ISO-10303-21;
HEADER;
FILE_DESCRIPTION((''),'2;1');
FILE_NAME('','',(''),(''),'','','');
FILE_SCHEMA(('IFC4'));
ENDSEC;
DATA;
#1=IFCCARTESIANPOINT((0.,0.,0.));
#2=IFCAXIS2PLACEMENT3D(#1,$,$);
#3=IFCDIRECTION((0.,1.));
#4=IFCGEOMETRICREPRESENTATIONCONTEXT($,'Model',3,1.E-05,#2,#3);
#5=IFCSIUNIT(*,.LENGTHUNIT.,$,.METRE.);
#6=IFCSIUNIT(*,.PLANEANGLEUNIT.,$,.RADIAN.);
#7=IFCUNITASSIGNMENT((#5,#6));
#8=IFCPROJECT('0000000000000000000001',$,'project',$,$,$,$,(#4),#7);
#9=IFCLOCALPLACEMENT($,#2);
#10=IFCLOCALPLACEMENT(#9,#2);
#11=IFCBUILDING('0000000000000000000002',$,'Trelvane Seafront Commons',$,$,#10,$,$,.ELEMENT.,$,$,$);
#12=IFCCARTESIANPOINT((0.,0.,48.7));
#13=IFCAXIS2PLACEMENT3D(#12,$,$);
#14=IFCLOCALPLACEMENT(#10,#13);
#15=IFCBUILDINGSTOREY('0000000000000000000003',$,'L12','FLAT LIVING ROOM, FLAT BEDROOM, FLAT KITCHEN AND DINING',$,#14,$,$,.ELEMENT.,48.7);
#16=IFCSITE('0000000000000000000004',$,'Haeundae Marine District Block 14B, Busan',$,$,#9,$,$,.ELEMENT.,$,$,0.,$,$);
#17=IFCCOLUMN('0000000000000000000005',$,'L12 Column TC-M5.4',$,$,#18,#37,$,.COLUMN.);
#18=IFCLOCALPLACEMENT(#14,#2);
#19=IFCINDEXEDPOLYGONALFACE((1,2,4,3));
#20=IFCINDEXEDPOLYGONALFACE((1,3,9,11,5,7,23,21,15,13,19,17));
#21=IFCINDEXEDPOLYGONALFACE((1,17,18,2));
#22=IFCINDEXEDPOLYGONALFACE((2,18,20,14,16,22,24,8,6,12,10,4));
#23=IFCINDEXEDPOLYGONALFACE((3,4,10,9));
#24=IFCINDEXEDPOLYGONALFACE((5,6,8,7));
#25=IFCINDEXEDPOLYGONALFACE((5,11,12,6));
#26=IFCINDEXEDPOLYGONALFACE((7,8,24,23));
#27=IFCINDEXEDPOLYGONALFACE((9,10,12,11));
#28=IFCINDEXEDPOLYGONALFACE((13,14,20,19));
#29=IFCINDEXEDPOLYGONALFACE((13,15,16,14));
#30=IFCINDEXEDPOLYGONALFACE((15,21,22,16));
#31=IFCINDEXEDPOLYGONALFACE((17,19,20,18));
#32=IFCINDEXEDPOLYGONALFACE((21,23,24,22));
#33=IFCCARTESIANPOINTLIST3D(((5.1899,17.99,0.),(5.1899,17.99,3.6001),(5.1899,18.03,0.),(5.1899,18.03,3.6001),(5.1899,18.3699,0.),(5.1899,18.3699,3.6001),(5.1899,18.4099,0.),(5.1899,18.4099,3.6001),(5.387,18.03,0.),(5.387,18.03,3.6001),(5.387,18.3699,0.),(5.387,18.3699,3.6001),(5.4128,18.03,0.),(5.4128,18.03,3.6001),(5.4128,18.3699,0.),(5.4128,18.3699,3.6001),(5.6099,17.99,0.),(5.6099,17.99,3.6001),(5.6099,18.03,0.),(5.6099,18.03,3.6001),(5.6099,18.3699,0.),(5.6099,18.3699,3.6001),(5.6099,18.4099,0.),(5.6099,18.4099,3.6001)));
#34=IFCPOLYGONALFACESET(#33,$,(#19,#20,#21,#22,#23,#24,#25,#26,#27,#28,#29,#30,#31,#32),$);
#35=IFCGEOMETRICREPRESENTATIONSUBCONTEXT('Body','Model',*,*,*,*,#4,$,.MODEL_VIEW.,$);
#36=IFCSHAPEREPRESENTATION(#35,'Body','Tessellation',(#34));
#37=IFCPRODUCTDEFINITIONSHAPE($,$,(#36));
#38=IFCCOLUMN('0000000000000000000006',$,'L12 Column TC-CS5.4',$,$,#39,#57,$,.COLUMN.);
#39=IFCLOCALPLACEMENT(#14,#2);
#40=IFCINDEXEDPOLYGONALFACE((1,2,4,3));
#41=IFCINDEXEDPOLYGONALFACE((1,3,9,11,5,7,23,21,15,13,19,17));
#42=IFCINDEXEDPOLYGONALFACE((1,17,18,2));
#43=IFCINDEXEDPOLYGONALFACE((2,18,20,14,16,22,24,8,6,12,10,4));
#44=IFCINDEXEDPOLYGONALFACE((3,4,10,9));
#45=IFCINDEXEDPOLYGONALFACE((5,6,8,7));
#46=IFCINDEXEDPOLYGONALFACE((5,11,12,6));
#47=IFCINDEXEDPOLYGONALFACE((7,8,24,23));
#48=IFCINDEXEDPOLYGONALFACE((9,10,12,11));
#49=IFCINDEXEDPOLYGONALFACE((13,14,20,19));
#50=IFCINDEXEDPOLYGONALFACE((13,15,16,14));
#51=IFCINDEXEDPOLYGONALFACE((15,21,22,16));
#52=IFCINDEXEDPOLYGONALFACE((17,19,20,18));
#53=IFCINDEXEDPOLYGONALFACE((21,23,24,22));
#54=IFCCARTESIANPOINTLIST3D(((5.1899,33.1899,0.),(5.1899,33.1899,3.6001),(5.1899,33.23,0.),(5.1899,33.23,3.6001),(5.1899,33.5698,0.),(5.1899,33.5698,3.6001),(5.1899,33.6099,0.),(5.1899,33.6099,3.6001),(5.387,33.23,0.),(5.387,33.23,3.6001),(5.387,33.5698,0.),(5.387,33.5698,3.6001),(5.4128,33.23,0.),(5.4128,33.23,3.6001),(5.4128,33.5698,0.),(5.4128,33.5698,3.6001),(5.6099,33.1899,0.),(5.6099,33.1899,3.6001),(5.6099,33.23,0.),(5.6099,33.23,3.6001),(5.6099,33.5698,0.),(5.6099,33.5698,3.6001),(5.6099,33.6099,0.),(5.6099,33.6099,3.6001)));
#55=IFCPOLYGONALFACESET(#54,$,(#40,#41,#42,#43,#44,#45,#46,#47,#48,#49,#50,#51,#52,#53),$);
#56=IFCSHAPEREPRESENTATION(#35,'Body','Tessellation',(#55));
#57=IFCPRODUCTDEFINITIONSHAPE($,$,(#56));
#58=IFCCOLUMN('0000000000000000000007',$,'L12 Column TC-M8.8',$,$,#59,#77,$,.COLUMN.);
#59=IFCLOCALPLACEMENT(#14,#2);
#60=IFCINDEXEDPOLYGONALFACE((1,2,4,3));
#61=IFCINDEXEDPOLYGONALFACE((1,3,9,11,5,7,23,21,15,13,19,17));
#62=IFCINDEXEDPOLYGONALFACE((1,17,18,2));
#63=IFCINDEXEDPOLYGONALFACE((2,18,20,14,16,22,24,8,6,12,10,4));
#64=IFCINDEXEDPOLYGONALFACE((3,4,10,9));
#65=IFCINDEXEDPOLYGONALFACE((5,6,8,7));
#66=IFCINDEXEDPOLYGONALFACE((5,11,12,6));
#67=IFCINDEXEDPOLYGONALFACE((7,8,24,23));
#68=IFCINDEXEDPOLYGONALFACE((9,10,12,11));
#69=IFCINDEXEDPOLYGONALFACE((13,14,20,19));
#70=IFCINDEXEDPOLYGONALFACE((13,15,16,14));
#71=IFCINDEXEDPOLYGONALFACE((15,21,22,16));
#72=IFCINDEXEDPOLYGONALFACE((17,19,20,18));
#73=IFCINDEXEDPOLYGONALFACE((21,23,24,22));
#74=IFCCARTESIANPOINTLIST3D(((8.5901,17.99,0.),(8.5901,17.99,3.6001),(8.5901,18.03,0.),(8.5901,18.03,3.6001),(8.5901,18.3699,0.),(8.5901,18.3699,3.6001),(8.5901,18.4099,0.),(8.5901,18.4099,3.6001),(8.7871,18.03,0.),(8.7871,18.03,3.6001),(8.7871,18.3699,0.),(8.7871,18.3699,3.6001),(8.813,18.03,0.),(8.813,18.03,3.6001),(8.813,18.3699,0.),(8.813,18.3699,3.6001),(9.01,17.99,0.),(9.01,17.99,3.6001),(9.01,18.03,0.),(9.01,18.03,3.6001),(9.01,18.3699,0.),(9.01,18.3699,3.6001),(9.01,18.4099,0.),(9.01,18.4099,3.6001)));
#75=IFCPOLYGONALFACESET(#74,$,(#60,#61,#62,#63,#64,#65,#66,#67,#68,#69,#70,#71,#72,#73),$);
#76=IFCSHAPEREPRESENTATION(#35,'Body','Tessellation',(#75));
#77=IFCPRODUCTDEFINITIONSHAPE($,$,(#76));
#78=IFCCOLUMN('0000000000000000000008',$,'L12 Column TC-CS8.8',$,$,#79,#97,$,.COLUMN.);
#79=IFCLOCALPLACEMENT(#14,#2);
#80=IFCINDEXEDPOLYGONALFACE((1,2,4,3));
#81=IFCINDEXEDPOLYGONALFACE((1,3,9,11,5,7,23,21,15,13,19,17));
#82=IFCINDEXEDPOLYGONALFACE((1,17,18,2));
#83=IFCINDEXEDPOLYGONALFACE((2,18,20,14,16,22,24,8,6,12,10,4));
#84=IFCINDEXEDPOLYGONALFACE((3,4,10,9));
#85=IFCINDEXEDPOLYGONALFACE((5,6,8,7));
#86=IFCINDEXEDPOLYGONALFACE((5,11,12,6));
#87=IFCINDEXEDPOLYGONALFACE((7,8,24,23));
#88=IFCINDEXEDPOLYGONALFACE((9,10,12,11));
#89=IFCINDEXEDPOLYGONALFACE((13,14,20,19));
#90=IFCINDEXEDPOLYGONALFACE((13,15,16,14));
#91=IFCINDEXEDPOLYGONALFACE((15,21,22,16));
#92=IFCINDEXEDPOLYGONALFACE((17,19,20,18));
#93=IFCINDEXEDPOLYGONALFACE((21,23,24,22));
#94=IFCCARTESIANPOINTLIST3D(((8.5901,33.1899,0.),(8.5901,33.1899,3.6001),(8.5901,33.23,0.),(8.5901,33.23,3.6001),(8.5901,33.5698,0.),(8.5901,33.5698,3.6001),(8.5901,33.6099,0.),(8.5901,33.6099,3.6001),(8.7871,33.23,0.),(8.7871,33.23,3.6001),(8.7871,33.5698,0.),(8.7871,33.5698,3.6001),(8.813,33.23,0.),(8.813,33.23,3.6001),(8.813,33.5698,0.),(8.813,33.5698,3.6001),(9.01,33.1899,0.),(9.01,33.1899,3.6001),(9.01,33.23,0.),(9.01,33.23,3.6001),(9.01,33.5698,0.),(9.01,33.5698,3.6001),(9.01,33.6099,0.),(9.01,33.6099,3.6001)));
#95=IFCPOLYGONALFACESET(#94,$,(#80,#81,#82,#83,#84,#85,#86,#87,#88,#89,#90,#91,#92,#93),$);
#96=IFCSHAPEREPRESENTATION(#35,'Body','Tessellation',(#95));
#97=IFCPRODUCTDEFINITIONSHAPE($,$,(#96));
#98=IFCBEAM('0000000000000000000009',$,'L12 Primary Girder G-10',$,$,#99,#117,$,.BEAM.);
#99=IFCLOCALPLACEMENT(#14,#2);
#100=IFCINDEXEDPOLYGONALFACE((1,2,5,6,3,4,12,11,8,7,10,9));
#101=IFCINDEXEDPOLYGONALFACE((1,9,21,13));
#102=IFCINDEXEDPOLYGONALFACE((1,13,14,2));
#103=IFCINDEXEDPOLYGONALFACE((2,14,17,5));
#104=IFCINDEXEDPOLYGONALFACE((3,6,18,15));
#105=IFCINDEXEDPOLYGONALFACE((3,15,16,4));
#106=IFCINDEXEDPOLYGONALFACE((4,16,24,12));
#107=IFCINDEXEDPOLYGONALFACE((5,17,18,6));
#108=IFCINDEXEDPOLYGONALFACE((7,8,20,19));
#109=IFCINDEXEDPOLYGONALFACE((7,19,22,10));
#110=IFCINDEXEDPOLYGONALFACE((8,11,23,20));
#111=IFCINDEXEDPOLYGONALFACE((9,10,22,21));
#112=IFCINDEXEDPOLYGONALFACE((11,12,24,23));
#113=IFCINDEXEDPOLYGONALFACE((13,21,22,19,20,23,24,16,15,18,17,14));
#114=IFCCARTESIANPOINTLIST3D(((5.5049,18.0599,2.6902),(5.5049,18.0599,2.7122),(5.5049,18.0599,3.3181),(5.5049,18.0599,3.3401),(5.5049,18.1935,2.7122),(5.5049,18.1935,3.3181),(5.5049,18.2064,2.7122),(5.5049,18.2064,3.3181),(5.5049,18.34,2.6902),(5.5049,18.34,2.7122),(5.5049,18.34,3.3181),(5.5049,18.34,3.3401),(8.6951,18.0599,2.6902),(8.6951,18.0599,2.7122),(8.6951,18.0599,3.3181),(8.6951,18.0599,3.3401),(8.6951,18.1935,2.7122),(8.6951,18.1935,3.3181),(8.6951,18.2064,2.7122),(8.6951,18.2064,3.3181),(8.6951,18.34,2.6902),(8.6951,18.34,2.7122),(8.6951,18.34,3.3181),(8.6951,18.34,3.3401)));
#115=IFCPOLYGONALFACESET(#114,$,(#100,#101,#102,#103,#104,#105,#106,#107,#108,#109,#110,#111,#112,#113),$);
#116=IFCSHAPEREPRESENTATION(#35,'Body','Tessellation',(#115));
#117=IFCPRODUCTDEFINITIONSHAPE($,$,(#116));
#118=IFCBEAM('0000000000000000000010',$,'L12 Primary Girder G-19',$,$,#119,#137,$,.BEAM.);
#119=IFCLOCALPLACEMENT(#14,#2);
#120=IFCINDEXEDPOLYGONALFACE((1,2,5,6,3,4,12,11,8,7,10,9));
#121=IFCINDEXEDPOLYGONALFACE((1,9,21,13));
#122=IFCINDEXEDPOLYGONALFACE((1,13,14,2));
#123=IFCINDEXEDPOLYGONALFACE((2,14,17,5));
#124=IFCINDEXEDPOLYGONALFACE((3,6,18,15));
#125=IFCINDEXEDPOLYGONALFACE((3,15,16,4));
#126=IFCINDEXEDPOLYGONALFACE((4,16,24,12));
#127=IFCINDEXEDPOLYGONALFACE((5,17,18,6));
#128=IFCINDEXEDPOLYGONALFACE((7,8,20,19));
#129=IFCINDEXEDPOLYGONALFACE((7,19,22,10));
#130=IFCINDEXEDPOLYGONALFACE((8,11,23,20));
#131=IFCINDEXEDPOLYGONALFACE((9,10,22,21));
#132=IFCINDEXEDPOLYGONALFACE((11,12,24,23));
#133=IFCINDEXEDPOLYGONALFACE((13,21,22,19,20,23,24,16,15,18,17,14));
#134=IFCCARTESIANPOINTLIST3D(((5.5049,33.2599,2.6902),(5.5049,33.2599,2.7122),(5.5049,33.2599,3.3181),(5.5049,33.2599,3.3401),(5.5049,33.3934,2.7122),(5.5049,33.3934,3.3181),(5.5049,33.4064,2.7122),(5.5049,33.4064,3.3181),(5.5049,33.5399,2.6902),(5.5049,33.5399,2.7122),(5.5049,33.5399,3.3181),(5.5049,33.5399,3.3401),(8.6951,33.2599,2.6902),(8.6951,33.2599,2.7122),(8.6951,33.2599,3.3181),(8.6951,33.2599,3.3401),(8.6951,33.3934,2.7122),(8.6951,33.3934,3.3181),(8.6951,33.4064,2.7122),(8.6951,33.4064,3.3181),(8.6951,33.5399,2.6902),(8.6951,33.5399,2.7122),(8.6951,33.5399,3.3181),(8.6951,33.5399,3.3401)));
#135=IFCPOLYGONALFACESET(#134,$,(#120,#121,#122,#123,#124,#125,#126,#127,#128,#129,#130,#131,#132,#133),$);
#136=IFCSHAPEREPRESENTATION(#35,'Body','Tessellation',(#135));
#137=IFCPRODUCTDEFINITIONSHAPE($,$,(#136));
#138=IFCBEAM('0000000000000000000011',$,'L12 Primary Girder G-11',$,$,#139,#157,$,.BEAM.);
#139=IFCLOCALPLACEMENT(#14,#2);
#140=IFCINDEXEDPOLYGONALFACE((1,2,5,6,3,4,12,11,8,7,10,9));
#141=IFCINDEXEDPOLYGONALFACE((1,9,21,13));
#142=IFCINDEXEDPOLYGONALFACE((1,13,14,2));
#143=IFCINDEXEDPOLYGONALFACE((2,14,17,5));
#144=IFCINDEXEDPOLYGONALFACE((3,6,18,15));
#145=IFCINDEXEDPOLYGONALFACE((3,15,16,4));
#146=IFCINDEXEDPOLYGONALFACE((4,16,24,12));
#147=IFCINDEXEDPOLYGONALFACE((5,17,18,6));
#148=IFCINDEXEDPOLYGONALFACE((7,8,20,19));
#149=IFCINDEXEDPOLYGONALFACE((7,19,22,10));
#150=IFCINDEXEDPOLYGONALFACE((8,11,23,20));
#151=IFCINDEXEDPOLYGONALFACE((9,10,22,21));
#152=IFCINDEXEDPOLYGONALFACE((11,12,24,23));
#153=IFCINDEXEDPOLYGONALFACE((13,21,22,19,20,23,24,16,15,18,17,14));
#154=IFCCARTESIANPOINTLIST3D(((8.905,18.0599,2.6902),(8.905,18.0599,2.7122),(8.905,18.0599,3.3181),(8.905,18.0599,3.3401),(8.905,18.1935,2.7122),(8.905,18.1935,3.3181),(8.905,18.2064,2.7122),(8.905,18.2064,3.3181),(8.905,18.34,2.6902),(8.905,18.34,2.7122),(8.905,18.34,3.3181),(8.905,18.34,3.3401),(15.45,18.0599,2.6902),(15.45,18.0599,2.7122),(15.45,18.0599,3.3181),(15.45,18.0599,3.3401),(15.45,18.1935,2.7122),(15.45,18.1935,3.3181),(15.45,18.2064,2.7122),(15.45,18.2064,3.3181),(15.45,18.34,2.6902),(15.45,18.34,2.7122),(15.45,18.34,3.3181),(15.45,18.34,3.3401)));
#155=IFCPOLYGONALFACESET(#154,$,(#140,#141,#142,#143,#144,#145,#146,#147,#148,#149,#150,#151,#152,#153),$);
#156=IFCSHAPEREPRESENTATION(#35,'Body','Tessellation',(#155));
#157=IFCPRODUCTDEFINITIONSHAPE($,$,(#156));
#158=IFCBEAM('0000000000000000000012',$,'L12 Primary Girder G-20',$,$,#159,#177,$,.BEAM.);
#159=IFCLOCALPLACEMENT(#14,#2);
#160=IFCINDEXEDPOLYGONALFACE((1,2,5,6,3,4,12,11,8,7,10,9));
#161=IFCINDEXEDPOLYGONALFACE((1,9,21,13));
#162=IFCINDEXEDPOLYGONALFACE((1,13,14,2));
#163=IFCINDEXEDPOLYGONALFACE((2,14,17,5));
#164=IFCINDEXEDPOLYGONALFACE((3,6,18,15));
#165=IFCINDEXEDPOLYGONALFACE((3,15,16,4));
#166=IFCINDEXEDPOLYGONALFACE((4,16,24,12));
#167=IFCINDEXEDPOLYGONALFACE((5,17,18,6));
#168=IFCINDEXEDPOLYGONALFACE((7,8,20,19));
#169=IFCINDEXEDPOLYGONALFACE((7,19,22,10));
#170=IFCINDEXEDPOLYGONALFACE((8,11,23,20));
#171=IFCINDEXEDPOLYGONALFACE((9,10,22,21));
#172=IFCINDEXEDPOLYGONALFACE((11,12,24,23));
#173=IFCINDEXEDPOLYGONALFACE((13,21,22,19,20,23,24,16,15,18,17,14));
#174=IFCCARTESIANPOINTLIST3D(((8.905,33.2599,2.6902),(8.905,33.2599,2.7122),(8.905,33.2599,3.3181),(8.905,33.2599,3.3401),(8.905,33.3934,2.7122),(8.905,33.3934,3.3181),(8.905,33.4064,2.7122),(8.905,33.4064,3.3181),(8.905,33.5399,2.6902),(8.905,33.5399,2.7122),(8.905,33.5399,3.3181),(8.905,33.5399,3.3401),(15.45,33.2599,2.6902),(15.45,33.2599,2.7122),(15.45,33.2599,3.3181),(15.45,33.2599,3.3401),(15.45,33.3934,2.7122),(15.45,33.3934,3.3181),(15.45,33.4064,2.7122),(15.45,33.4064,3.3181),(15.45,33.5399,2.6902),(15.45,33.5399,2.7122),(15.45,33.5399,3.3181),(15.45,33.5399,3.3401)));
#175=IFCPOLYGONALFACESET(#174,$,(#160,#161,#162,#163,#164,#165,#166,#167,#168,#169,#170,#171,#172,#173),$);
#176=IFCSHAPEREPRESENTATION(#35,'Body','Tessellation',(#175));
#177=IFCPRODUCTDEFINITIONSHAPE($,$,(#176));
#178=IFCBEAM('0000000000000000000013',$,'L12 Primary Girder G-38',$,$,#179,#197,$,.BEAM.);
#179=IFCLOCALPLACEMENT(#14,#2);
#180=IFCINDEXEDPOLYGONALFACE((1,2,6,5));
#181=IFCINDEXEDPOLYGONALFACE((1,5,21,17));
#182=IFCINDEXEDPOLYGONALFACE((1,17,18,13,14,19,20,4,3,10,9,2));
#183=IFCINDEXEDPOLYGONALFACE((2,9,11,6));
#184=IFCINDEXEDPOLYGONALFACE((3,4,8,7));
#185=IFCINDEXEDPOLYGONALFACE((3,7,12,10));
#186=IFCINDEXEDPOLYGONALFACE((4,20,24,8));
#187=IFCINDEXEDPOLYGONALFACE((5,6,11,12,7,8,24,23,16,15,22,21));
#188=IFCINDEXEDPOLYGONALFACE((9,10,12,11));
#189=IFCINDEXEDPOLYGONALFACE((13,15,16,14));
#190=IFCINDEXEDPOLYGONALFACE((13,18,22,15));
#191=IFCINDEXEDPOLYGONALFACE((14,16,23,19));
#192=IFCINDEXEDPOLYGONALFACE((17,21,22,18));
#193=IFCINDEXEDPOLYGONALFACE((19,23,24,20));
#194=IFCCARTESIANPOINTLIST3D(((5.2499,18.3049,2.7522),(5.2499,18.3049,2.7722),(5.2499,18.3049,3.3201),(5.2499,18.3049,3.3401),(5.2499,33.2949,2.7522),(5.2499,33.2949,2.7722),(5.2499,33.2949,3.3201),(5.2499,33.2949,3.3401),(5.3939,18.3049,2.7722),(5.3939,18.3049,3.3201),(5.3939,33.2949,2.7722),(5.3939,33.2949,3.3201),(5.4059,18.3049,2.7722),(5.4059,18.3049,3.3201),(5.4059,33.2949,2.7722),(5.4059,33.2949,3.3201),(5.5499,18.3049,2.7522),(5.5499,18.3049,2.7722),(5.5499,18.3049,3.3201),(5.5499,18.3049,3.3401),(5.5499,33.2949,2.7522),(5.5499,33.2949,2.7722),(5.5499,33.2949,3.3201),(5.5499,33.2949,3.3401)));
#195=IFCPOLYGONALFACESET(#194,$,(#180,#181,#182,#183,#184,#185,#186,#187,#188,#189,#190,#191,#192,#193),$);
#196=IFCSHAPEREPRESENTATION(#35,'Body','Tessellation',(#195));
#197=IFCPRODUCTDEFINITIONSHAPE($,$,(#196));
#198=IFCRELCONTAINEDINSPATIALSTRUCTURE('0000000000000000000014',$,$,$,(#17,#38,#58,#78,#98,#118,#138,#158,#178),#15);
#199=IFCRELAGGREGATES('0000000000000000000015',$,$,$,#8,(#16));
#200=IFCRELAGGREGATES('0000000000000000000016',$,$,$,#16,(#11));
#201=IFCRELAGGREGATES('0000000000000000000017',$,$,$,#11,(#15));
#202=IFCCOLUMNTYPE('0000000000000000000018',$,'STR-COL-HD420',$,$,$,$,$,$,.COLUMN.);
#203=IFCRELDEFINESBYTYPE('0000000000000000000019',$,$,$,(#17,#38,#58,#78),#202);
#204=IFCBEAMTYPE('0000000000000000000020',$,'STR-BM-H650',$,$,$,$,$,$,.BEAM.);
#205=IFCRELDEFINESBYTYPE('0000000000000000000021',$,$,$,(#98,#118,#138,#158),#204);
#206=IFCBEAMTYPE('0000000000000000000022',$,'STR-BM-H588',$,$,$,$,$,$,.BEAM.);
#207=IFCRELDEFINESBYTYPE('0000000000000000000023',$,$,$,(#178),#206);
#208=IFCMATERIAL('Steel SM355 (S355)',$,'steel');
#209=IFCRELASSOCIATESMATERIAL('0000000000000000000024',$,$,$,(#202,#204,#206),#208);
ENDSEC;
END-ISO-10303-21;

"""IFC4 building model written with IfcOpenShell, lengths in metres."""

from ifc_helpers import new_model, si_unit, direction, frame, origin, origin_2d, place, context, subcontext, project, spatial, i_section, extrude, source, transform, mapped, material, material_profile, profile_set, type_object, element, save


model = new_model("IFC4")

# Units and contexts
model_context = context("Model", 3, precision=1e-05, world=origin(), true_north=direction((0.0, 1.0)))
body_context = subcontext(model_context, "Body", "Model", "MODEL_VIEW")
ifc_project = project(units=[si_unit("LENGTHUNIT", "METRE"), si_unit("PLANEANGLEUNIT", "RADIAN")], contexts=[model_context])

# Site, building, storey
site_placement = place(None, origin())
site = spatial("IfcSite", under=ifc_project, at=site_placement, Name="Haeundae Marine District Block 14B, Busan", CompositionType="ELEMENT", RefElevation=0.0)
building_placement = place(site_placement, origin())
building = spatial("IfcBuilding", under=site, at=building_placement, Name="Trelvane Seafront Commons", CompositionType="ELEMENT")
storey_placement = place(building_placement, frame((0.0, 0.0, 48.7)))
storey = spatial("IfcBuildingStorey", under=building, at=storey_placement, Name="L12", Description="FLAT LIVING ROOM, FLAT BEDROOM, FLAT KITCHEN AND DINING", CompositionType="ELEMENT", Elevation=48.7)

# Columns
ifc_material_1 = material(Name="Steel SM355 (S355)", Category="steel")
ifc_material_profile_1 = material_profile(ifc_material_1, i_section(OverallWidth=0.4199, OverallDepth=0.4199, WebThickness=0.0259, FlangeThickness=0.04, at=origin_2d()), Name="HD-420x420x26x40")
ifc_profile_set_1 = profile_set([ifc_material_profile_1], Name="Steel SM355 (S355)")
column_type = type_object("IfcColumnType", Name="STR-COL-HD420", PredefinedType="COLUMN", material=ifc_profile_set_1)
shared_shape_1 = source(origin(), body_context, "Body", "SweptSolid", [
    extrude(i_section(OverallWidth=0.4199, OverallDepth=0.4199, WebThickness=0.0259, FlangeThickness=0.04, at=origin_2d()), origin(), (0.0, 0.0, 1.0), 3.6001),
])
for number, where, z_axis, x_axis, name in (
    (1, (5.3999, 18.2, 0.0), (0.0, 0.0, 1.0), (1.0, 0.0, 0.0), "L12 Column TC-M5.4"),
    (2, (5.3999, 33.3999, 0.0), (0.0, 0.0, 1.0), (1.0, 0.0, 0.0), "L12 Column TC-CS5.4"),
    (3, (8.8, 18.2, 0.0), (0.0, 0.0, 1.0), (1.0, 0.0, 0.0), "L12 Column TC-M8.8"),
    (4, (8.8, 33.3999, 0.0), (0.0, 0.0, 1.0), (1.0, 0.0, 0.0), "L12 Column TC-CS8.8"),
):
    element("IfcColumn", number, at=place(storey_placement, frame(where, z_axis=z_axis, x_axis=x_axis)), inside=storey, type_object=column_type, Name=name, PredefinedType="COLUMN", context=body_context, shape_type="MappedRepresentation", body=[
        mapped(shared_shape_1, transform((0.0, 0.0, 0.0), x_axis=(1.0, 0.0, 0.0), y_axis=(0.0, 1.0, 0.0), z_axis=(0.0, 0.0, 1.0), scale=1.0)),
    ])

# Beams
ifc_material_profile_2 = material_profile(ifc_material_1, i_section(OverallWidth=0.28, OverallDepth=0.6499, WebThickness=0.0129, FlangeThickness=0.022, at=origin_2d()), Name="H-650x280x13x22")
ifc_profile_set_2 = profile_set([ifc_material_profile_2], Name="Steel SM355 (S355)")
beam_type_1 = type_object("IfcBeamType", Name="STR-BM-H650", PredefinedType="BEAM", material=ifc_profile_set_2)
shared_shape_2 = source(origin(), body_context, "Body", "SweptSolid", [
    extrude(i_section(OverallWidth=0.28, OverallDepth=0.6499, WebThickness=0.0129, FlangeThickness=0.022, at=origin_2d()), origin(), (0.0, 0.0, 1.0), 3.1902),
])
for number, where, z_axis, x_axis, name in (
    (5, (5.5049, 18.2, 3.0151), (1.0, 0.0, 0.0), (0.0, 1.0, 0.0), "L12 Primary Girder G-10"),
    (6, (5.5049, 33.3999, 3.0151), (1.0, 0.0, 0.0), (0.0, 1.0, 0.0), "L12 Primary Girder G-19"),
):
    element("IfcBeam", number, at=place(storey_placement, frame(where, z_axis=z_axis, x_axis=x_axis)), inside=storey, type_object=beam_type_1, Name=name, PredefinedType="BEAM", context=body_context, shape_type="MappedRepresentation", body=[
        mapped(shared_shape_2, transform((0.0, 0.0, 0.0), x_axis=(1.0, 0.0, 0.0), y_axis=(0.0, 1.0, 0.0), z_axis=(0.0, 0.0, 1.0), scale=1.0)),
    ])
shared_shape_3 = source(origin(), body_context, "Body", "SweptSolid", [
    extrude(i_section(OverallWidth=0.28, OverallDepth=0.6499, WebThickness=0.0129, FlangeThickness=0.022, at=origin_2d()), origin(), (0.0, 0.0, 1.0), 6.5449),
])
for number, where, z_axis, x_axis, name in (
    (7, (8.905, 18.2, 3.0151), (1.0, 0.0, 0.0), (0.0, 1.0, 0.0), "L12 Primary Girder G-11"),
    (8, (8.905, 33.3999, 3.0151), (1.0, 0.0, 0.0), (0.0, 1.0, 0.0), "L12 Primary Girder G-20"),
):
    element("IfcBeam", number, at=place(storey_placement, frame(where, z_axis=z_axis, x_axis=x_axis)), inside=storey, type_object=beam_type_1, Name=name, PredefinedType="BEAM", context=body_context, shape_type="MappedRepresentation", body=[
        mapped(shared_shape_3, transform((0.0, 0.0, 0.0), x_axis=(1.0, 0.0, 0.0), y_axis=(0.0, 1.0, 0.0), z_axis=(0.0, 0.0, 1.0), scale=1.0)),
    ])
ifc_material_profile_3 = material_profile(ifc_material_1, i_section(OverallWidth=0.3, OverallDepth=0.5879, WebThickness=0.012, FlangeThickness=0.02, at=origin_2d()), Name="H-588x300x12x20")
ifc_profile_set_3 = profile_set([ifc_material_profile_3], Name="Steel SM355 (S355)")
beam_type_2 = type_object("IfcBeamType", Name="STR-BM-H588", PredefinedType="BEAM", material=ifc_profile_set_3)
shared_shape_4 = source(origin(), body_context, "Body", "SweptSolid", [
    extrude(i_section(OverallWidth=0.3, OverallDepth=0.5879, WebThickness=0.012, FlangeThickness=0.02, at=origin_2d()), origin(), (0.0, 0.0, 1.0), 14.99),
])
for number, where, z_axis, x_axis, name in (
    (9, (5.3999, 18.3049, 3.0461), (0.0, 1.0, 0.0), (-1.0, 0.0, 0.0), "L12 Primary Girder G-38"),
):
    element("IfcBeam", number, at=place(storey_placement, frame(where, z_axis=z_axis, x_axis=x_axis)), inside=storey, type_object=beam_type_2, Name=name, PredefinedType="BEAM", context=body_context, shape_type="MappedRepresentation", body=[
        mapped(shared_shape_4, transform((0.0, 0.0, 0.0), x_axis=(1.0, 0.0, 0.0), y_axis=(0.0, 1.0, 0.0), z_axis=(0.0, 0.0, 1.0), scale=1.0)),
    ])

save(model, "model.ifc")
